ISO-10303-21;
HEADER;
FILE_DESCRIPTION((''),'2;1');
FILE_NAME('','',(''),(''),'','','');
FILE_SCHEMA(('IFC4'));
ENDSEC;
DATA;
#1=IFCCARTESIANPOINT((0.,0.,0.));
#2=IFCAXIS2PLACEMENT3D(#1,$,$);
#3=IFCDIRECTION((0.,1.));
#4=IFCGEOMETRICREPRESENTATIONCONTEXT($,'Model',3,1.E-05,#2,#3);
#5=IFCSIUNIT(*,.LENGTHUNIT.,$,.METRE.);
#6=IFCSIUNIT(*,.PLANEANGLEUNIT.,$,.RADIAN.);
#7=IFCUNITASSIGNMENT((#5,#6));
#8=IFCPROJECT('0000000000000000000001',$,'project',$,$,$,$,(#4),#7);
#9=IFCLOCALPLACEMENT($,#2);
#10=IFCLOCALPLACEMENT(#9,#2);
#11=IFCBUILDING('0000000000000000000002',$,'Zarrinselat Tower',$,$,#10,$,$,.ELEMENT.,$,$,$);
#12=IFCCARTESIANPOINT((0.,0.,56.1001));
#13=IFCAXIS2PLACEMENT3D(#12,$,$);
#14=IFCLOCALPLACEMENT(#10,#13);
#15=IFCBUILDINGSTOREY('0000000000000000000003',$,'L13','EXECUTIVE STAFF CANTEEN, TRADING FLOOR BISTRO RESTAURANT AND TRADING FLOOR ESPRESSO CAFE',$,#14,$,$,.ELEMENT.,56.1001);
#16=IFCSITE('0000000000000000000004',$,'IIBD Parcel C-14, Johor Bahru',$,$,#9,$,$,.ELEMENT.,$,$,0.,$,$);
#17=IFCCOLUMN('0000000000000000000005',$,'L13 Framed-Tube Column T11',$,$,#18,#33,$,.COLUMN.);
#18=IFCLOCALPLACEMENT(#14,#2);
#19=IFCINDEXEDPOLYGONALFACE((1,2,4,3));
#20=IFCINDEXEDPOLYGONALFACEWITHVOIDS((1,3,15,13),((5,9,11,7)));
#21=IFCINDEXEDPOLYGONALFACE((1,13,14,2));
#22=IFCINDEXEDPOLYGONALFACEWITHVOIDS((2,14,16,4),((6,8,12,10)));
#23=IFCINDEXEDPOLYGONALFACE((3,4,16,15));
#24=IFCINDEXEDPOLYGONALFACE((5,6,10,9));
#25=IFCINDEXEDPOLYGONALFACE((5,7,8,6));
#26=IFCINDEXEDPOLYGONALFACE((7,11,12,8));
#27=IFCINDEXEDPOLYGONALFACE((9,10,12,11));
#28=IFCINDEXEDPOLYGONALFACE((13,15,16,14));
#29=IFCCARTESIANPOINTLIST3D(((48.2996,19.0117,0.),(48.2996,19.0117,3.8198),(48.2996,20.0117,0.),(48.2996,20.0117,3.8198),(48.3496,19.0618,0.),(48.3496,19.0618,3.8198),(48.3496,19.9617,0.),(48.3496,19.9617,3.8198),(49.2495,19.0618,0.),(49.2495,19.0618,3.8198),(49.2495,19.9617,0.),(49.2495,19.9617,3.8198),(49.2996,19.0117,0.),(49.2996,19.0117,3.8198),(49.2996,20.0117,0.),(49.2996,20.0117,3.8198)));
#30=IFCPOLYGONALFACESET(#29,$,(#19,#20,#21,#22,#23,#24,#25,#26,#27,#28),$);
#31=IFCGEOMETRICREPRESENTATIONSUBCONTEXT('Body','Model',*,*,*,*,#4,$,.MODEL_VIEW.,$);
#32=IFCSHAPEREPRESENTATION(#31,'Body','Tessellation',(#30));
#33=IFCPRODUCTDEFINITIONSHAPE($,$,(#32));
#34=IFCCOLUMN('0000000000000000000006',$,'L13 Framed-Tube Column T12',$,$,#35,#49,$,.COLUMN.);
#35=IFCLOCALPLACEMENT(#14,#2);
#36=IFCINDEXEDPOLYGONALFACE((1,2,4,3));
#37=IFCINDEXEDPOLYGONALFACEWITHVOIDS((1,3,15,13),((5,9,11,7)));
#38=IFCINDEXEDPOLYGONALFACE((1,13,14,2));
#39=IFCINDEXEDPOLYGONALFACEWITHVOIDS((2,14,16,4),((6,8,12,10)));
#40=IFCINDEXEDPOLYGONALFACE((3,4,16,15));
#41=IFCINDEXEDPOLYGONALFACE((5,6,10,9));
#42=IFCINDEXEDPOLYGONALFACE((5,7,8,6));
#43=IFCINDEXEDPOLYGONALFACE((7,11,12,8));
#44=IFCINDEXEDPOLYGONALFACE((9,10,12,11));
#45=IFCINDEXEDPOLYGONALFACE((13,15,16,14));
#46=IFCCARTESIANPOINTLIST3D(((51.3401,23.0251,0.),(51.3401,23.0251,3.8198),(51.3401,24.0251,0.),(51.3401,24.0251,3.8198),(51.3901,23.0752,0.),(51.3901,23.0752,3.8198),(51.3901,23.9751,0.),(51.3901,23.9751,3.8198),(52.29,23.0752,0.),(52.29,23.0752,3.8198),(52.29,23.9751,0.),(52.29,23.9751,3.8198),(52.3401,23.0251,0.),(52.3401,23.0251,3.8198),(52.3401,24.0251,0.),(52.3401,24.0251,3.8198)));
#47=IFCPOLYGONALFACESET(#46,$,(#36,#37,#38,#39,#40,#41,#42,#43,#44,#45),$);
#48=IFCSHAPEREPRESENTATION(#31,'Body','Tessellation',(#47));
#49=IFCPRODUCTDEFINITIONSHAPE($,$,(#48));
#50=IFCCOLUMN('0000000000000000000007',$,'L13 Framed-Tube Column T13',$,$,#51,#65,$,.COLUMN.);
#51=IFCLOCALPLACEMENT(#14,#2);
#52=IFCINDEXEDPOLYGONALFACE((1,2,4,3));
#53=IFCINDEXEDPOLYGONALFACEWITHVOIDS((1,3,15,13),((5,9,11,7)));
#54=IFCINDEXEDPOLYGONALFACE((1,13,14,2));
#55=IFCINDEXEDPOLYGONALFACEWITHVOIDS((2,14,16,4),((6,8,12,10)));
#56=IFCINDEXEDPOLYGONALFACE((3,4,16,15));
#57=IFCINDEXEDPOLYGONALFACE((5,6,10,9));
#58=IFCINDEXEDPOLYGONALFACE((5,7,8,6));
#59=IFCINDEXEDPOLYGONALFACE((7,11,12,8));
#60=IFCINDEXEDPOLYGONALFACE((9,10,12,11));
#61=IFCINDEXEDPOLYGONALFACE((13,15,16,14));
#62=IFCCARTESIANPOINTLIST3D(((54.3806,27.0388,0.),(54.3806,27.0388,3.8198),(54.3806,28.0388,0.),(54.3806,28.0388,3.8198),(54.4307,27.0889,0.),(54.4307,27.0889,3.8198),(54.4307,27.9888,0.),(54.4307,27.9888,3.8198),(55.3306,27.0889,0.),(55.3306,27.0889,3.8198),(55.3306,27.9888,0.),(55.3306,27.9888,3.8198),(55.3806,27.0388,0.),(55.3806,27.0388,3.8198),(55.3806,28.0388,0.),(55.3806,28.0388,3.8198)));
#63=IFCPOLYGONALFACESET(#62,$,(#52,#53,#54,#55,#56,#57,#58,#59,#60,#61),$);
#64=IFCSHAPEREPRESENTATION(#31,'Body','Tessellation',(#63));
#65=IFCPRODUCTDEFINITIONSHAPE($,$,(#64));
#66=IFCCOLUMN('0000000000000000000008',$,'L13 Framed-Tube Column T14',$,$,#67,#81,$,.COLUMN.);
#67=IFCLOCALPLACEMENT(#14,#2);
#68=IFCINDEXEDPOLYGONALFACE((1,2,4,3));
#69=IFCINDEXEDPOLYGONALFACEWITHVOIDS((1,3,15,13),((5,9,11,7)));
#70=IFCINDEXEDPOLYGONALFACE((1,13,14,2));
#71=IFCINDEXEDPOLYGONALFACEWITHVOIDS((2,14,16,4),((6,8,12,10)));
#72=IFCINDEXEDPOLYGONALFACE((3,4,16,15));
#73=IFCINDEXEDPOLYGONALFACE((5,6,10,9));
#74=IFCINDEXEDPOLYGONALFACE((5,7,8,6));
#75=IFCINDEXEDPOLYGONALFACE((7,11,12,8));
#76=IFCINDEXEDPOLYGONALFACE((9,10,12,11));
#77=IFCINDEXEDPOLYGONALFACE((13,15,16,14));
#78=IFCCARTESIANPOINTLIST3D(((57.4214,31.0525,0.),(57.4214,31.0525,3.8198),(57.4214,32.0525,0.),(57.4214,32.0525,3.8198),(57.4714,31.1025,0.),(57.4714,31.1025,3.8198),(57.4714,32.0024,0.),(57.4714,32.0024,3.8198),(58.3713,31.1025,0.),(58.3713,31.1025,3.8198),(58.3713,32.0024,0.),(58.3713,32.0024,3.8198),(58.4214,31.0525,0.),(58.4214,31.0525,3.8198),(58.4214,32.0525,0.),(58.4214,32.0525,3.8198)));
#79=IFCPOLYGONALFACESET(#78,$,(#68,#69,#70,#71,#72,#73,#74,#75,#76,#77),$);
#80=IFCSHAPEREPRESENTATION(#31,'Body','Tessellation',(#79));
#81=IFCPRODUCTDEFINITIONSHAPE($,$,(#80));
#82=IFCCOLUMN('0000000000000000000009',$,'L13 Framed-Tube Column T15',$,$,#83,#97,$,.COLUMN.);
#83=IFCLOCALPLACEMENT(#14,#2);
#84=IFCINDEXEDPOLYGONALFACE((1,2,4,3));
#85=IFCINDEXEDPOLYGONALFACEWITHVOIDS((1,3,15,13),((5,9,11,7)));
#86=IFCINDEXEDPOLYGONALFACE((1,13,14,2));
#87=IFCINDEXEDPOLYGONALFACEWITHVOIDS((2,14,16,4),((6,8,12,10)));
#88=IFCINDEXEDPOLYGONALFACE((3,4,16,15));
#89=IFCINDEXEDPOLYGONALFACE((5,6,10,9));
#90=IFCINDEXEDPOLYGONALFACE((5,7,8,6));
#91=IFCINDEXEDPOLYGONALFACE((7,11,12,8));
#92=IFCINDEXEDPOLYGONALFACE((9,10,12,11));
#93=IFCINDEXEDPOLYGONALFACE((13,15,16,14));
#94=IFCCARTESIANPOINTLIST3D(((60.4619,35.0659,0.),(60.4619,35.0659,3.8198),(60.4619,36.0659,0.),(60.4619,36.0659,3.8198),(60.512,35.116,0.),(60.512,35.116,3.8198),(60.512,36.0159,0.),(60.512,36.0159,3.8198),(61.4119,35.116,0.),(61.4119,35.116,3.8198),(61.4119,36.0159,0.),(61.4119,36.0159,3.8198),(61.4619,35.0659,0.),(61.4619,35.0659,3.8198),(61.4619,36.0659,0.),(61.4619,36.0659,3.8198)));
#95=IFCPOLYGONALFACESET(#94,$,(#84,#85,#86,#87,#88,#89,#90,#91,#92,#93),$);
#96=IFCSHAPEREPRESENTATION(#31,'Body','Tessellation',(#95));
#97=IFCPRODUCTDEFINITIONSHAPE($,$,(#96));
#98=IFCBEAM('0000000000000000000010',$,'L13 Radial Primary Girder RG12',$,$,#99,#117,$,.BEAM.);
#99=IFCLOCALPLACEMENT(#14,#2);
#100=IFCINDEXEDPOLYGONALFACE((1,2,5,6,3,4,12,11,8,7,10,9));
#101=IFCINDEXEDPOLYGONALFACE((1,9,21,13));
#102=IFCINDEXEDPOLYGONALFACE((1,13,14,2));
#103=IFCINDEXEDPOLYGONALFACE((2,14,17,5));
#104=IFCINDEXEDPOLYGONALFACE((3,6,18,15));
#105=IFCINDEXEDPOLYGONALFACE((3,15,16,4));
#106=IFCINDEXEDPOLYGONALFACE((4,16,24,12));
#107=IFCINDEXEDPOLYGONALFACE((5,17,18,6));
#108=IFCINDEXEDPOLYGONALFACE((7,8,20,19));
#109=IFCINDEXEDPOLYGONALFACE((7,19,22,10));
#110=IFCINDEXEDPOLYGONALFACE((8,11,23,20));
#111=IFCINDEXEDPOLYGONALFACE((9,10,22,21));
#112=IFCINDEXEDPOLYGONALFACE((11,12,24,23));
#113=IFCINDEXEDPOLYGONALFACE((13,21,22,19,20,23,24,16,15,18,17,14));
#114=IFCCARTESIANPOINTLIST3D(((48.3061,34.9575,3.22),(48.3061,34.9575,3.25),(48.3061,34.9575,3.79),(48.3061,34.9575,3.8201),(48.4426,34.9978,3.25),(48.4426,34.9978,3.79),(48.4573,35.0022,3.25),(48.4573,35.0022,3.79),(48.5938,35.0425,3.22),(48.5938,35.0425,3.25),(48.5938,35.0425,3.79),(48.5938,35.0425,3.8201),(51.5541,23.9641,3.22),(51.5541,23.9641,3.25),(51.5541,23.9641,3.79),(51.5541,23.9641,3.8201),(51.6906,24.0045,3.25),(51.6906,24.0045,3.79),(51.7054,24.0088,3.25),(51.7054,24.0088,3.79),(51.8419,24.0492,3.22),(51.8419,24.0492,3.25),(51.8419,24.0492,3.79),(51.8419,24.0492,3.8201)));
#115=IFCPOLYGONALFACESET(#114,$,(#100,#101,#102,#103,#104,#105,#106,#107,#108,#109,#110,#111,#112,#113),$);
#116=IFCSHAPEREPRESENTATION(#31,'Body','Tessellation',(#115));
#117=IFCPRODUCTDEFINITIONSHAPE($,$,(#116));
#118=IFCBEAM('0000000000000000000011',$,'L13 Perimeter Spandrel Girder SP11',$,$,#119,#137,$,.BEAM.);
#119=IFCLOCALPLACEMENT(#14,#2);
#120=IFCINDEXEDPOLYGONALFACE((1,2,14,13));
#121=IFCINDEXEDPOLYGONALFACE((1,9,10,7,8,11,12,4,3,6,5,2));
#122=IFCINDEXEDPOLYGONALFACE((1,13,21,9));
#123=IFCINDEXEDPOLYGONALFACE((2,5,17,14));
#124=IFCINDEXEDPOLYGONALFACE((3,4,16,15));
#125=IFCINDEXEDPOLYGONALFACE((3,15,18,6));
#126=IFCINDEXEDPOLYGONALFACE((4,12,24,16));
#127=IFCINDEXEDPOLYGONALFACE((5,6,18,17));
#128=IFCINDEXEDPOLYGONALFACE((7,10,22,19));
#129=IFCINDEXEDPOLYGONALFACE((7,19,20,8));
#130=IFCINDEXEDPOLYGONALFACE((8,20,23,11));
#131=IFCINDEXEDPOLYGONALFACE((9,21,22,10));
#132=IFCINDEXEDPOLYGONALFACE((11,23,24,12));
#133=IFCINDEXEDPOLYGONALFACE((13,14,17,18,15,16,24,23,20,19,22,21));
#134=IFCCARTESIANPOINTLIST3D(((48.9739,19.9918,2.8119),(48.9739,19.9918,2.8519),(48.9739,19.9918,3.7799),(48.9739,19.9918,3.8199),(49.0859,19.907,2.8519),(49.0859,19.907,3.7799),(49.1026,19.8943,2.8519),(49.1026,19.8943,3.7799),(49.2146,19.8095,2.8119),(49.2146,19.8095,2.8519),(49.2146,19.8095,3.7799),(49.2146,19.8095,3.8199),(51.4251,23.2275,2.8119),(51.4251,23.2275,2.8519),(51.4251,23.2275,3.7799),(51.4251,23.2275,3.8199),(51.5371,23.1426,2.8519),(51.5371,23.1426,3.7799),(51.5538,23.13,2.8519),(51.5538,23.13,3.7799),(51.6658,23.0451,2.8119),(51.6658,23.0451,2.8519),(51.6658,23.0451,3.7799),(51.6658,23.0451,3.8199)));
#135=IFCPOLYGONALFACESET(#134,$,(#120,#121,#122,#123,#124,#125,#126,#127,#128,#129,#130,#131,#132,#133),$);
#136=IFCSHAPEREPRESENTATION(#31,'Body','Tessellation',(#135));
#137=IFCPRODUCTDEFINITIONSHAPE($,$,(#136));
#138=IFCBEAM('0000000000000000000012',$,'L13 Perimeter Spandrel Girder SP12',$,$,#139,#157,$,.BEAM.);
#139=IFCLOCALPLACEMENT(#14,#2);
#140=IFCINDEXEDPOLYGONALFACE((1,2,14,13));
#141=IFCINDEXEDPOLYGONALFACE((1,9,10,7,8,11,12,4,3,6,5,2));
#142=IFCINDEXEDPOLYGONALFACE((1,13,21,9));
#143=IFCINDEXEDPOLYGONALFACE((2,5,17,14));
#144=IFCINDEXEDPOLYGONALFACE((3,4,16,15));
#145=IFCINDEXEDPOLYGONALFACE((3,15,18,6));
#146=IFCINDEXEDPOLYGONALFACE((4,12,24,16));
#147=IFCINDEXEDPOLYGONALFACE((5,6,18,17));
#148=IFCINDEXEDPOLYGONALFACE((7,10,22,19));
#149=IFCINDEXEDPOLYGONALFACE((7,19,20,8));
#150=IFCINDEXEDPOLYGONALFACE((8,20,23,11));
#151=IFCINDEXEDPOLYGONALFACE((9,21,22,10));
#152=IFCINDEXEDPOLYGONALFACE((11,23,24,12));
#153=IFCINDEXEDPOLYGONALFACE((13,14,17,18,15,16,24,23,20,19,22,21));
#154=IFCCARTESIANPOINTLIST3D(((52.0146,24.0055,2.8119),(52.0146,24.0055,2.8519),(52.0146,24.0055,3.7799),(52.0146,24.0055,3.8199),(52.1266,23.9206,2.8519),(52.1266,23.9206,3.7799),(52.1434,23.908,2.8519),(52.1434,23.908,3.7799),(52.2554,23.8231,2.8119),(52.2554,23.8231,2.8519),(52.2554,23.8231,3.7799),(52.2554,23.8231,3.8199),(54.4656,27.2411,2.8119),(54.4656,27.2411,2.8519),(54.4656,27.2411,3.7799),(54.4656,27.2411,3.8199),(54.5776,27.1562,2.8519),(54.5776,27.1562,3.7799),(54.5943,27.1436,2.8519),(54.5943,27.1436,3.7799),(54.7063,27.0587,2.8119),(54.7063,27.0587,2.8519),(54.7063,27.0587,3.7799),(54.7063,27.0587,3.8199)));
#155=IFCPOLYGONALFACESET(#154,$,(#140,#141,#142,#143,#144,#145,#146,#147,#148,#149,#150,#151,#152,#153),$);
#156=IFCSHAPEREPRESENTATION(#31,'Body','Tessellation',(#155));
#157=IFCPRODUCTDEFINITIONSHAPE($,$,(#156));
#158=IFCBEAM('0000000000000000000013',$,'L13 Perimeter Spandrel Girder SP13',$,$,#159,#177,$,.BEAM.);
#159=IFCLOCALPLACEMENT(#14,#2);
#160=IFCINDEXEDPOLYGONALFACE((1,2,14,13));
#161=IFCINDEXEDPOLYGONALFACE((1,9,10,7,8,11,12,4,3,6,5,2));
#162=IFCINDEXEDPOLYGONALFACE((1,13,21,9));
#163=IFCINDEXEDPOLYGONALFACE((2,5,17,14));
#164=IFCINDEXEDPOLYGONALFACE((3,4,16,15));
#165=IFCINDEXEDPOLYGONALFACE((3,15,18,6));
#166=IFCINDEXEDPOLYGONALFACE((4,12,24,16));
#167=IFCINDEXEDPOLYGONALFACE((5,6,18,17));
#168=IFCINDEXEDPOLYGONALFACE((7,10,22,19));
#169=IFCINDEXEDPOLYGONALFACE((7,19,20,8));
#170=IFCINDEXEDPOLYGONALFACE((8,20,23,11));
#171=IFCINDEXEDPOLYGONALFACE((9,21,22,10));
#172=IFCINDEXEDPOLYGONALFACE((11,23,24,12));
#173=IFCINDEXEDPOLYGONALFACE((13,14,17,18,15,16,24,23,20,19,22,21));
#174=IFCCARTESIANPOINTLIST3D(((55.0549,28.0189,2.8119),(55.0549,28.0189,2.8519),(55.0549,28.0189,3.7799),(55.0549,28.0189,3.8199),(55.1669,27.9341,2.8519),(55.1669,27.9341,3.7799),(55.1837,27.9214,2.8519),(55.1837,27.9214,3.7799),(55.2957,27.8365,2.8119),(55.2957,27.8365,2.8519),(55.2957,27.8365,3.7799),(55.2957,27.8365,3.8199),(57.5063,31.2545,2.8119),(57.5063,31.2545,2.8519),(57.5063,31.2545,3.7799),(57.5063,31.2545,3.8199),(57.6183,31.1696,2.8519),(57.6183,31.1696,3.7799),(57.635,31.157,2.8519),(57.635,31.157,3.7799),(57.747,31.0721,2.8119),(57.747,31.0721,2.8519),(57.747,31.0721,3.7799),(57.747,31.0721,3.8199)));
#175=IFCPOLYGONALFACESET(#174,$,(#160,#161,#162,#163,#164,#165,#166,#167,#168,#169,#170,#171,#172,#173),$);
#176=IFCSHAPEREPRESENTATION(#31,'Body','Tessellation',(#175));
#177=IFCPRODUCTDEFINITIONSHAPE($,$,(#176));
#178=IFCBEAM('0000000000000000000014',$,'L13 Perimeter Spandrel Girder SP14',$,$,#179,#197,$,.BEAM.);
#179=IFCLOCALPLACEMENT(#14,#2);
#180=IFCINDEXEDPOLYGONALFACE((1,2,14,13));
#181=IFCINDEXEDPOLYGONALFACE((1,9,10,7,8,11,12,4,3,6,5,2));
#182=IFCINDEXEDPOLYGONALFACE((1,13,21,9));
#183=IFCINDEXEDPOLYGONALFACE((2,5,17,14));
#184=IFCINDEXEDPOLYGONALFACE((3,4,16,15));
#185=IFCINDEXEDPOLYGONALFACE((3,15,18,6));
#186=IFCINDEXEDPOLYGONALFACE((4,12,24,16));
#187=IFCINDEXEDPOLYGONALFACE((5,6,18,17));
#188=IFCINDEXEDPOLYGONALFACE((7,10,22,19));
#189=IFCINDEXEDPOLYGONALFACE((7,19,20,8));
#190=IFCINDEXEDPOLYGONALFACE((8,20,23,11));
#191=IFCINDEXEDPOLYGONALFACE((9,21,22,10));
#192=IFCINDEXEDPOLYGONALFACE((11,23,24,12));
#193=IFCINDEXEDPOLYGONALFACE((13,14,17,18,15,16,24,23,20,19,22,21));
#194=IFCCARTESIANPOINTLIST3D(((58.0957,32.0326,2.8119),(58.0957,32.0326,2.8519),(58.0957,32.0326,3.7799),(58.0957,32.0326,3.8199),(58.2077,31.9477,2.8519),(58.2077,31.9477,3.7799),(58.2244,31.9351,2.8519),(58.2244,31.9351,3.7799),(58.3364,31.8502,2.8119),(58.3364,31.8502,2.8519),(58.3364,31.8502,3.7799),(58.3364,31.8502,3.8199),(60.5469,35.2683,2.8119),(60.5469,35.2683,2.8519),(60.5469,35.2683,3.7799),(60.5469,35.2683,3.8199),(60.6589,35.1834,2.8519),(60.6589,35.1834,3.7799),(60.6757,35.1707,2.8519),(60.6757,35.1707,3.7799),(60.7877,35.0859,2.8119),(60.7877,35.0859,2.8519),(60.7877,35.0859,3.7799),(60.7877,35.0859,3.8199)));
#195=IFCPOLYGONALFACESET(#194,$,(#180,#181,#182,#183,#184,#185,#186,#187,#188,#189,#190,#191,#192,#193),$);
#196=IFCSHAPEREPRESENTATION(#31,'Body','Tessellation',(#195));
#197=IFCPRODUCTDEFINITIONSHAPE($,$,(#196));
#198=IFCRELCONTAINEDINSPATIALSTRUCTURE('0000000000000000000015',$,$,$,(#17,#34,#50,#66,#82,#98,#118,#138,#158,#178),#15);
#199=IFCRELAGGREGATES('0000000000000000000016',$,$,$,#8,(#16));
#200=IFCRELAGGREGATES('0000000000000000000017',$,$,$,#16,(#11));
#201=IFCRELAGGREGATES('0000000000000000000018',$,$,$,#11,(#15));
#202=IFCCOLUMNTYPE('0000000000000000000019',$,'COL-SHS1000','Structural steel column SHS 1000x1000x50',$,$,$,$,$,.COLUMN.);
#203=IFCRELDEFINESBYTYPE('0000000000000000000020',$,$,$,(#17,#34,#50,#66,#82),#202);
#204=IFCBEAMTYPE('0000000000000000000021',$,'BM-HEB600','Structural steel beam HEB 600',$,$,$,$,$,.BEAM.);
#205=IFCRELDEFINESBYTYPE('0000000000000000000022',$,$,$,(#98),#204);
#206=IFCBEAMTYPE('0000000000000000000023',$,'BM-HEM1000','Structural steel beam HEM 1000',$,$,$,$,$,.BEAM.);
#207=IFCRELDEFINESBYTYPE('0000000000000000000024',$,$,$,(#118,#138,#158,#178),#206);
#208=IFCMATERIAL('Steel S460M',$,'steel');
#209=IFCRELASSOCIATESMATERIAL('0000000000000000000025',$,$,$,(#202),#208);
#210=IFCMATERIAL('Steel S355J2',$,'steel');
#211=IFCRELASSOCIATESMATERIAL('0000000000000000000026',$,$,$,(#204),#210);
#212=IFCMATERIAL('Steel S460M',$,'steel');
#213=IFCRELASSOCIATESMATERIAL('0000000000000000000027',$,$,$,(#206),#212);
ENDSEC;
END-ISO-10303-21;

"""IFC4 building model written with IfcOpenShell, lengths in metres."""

from ifc_helpers import new_model, si_unit, direction, frame, origin, origin_2d, place, context, subcontext, project, spatial, hollow_rectangle, i_section, extrude, material, material_profile, profile_set, type_object, element, save


model = new_model("IFC4")

# Units and contexts
model_context = context("Model", 3, precision=1e-05, world=origin(), true_north=direction((0.0, 1.0)))
body_context = subcontext(model_context, "Body", "Model", "MODEL_VIEW")
ifc_project = project(units=[si_unit("LENGTHUNIT", "METRE"), si_unit("PLANEANGLEUNIT", "RADIAN")], contexts=[model_context])

# Site, building, storey
site_placement = place(None, origin())
site = spatial("IfcSite", under=ifc_project, at=site_placement, Name="IIBD Parcel C-14, Johor Bahru", CompositionType="ELEMENT", RefElevation=0.0)
building_placement = place(site_placement, origin())
building = spatial("IfcBuilding", under=site, at=building_placement, Name="Zarrinselat Tower", CompositionType="ELEMENT")
storey_placement = place(building_placement, frame((0.0, 0.0, 56.1001)))
storey = spatial("IfcBuildingStorey", under=building, at=storey_placement, Name="L13", Description="EXECUTIVE STAFF CANTEEN, TRADING FLOOR BISTRO RESTAURANT AND TRADING FLOOR ESPRESSO CAFE", CompositionType="ELEMENT", Elevation=56.1001)

# Columns
ifc_material_1 = material(Name="Steel S460M", Category="steel")
ifc_material_profile_1 = material_profile(ifc_material_1, hollow_rectangle(XDim=1.0, YDim=1.0, WallThickness=0.05, at=origin_2d()), Name="SHS 1000x1000x50")
ifc_profile_set_1 = profile_set([ifc_material_profile_1], Name="Steel S460M")
column_type = type_object("IfcColumnType", Name="COL-SHS1000", Description="Structural steel column SHS 1000x1000x50", PredefinedType="COLUMN", material=ifc_profile_set_1)
for number, where, z_axis, x_axis, name in (
    (1, (48.7996, 19.5117, 0.0), (0.0, 0.0, 1.0), (1.0, 0.0, 0.0), "L13 Framed-Tube Column T11"),
    (2, (51.8401, 23.5251, 0.0), (0.0, 0.0, 1.0), (1.0, 0.0, 0.0), "L13 Framed-Tube Column T12"),
    (3, (54.8806, 27.5388, 0.0), (0.0, 0.0, 1.0), (1.0, 0.0, 0.0), "L13 Framed-Tube Column T13"),
    (4, (57.9214, 31.5525, 0.0), (0.0, 0.0, 1.0), (1.0, 0.0, 0.0), "L13 Framed-Tube Column T14"),
    (5, (60.9619, 35.5659, 0.0), (0.0, 0.0, 1.0), (1.0, 0.0, 0.0), "L13 Framed-Tube Column T15"),
):
    element("IfcColumn", number, at=place(storey_placement, frame(where, z_axis=z_axis, x_axis=x_axis)), inside=storey, type_object=column_type, Name=name, PredefinedType="COLUMN", context=body_context, shape_type="SweptSolid", body=[
        extrude(hollow_rectangle(XDim=1.0, YDim=1.0, WallThickness=0.05, at=origin_2d()), origin(), (0.0, 0.0, 1.0), 3.8198),
    ])

# Beams
ifc_material_2 = material(Name="Steel S355J2", Category="steel")
ifc_material_profile_2 = material_profile(ifc_material_2, i_section(OverallWidth=0.3, OverallDepth=0.6001, WebThickness=0.0154, FlangeThickness=0.03, at=origin_2d()), Name="HEB 600")
ifc_profile_set_2 = profile_set([ifc_material_profile_2], Name="Steel S355J2")
beam_type_1 = type_object("IfcBeamType", Name="BM-HEB600", Description="Structural steel beam HEB 600", PredefinedType="BEAM", material=ifc_profile_set_2)
beam_1_placement = place(storey_placement, frame((48.45, 35.0, 3.52), z_axis=(0.283346, -0.959018, 0.0), x_axis=(0.959018, 0.283346, 0.0)))
element("IfcBeam", 6, at=beam_1_placement, inside=storey, type_object=beam_type_1, Name="L13 Radial Primary Girder RG12", PredefinedType="BEAM", context=body_context, shape_type="SweptSolid", body=[
    extrude(i_section(OverallWidth=0.3, OverallDepth=0.6001, WebThickness=0.0154, FlangeThickness=0.03, at=origin_2d()), origin(), (0.0, 0.0, 1.0), 11.4631),
])
ifc_material_3 = material(Name="Steel S460M", Category="steel")
ifc_material_profile_3 = material_profile(ifc_material_3, i_section(OverallWidth=0.302, OverallDepth=1.0081, WebThickness=0.021, FlangeThickness=0.04, at=origin_2d()), Name="HEM 1000")
ifc_profile_set_3 = profile_set([ifc_material_profile_3], Name="Steel S460M")
beam_type_2 = type_object("IfcBeamType", Name="BM-HEM1000", Description="Structural steel beam HEM 1000", PredefinedType="BEAM", material=ifc_profile_set_3)
beam_2_placement = place(storey_placement, frame((49.0942, 19.9006, 3.3159), z_axis=(0.603852, 0.797097, 0.0), x_axis=(-0.797097, 0.603852, 0.0)))
element("IfcBeam", 7, at=beam_2_placement, inside=storey, type_object=beam_type_2, Name="L13 Perimeter Spandrel Girder SP11", PredefinedType="BEAM", context=body_context, shape_type="SweptSolid", body=[
    extrude(i_section(OverallWidth=0.302, OverallDepth=1.0081, WebThickness=0.021, FlangeThickness=0.04, at=origin_2d()), origin(), (0.0, 0.0, 1.0), 4.0593),
])
beam_3_placement = place(storey_placement, frame((52.135, 23.9143, 3.3159), z_axis=(0.603814, 0.797125, 0.0), x_axis=(-0.797125, 0.603814, 0.0)))
element("IfcBeam", 8, at=beam_3_placement, inside=storey, type_object=beam_type_2, Name="L13 Perimeter Spandrel Girder SP12", PredefinedType="BEAM", context=body_context, shape_type="SweptSolid", body=[
    extrude(i_section(OverallWidth=0.302, OverallDepth=1.0081, WebThickness=0.021, FlangeThickness=0.04, at=origin_2d()), origin(), (0.0, 0.0, 1.0), 4.0591),
])
for number, where, z_axis, x_axis, name in (
    (9, (55.1753, 27.9277, 3.3159), (0.60389, 0.797068, 0.0), (-0.797068, 0.60389, 0.0), "L13 Perimeter Spandrel Girder SP13"),
    (10, (58.2161, 31.9414, 3.3159), (0.603852, 0.797097, 0.0), (-0.797097, 0.603852, 0.0), "L13 Perimeter Spandrel Girder SP14"),
):
    element("IfcBeam", number, at=place(storey_placement, frame(where, z_axis=z_axis, x_axis=x_axis)), inside=storey, type_object=beam_type_2, Name=name, PredefinedType="BEAM", context=body_context, shape_type="SweptSolid", body=[
        extrude(i_section(OverallWidth=0.302, OverallDepth=1.0081, WebThickness=0.021, FlangeThickness=0.04, at=origin_2d()), origin(), (0.0, 0.0, 1.0), 4.0593),
    ])

save(model, "model.ifc")
